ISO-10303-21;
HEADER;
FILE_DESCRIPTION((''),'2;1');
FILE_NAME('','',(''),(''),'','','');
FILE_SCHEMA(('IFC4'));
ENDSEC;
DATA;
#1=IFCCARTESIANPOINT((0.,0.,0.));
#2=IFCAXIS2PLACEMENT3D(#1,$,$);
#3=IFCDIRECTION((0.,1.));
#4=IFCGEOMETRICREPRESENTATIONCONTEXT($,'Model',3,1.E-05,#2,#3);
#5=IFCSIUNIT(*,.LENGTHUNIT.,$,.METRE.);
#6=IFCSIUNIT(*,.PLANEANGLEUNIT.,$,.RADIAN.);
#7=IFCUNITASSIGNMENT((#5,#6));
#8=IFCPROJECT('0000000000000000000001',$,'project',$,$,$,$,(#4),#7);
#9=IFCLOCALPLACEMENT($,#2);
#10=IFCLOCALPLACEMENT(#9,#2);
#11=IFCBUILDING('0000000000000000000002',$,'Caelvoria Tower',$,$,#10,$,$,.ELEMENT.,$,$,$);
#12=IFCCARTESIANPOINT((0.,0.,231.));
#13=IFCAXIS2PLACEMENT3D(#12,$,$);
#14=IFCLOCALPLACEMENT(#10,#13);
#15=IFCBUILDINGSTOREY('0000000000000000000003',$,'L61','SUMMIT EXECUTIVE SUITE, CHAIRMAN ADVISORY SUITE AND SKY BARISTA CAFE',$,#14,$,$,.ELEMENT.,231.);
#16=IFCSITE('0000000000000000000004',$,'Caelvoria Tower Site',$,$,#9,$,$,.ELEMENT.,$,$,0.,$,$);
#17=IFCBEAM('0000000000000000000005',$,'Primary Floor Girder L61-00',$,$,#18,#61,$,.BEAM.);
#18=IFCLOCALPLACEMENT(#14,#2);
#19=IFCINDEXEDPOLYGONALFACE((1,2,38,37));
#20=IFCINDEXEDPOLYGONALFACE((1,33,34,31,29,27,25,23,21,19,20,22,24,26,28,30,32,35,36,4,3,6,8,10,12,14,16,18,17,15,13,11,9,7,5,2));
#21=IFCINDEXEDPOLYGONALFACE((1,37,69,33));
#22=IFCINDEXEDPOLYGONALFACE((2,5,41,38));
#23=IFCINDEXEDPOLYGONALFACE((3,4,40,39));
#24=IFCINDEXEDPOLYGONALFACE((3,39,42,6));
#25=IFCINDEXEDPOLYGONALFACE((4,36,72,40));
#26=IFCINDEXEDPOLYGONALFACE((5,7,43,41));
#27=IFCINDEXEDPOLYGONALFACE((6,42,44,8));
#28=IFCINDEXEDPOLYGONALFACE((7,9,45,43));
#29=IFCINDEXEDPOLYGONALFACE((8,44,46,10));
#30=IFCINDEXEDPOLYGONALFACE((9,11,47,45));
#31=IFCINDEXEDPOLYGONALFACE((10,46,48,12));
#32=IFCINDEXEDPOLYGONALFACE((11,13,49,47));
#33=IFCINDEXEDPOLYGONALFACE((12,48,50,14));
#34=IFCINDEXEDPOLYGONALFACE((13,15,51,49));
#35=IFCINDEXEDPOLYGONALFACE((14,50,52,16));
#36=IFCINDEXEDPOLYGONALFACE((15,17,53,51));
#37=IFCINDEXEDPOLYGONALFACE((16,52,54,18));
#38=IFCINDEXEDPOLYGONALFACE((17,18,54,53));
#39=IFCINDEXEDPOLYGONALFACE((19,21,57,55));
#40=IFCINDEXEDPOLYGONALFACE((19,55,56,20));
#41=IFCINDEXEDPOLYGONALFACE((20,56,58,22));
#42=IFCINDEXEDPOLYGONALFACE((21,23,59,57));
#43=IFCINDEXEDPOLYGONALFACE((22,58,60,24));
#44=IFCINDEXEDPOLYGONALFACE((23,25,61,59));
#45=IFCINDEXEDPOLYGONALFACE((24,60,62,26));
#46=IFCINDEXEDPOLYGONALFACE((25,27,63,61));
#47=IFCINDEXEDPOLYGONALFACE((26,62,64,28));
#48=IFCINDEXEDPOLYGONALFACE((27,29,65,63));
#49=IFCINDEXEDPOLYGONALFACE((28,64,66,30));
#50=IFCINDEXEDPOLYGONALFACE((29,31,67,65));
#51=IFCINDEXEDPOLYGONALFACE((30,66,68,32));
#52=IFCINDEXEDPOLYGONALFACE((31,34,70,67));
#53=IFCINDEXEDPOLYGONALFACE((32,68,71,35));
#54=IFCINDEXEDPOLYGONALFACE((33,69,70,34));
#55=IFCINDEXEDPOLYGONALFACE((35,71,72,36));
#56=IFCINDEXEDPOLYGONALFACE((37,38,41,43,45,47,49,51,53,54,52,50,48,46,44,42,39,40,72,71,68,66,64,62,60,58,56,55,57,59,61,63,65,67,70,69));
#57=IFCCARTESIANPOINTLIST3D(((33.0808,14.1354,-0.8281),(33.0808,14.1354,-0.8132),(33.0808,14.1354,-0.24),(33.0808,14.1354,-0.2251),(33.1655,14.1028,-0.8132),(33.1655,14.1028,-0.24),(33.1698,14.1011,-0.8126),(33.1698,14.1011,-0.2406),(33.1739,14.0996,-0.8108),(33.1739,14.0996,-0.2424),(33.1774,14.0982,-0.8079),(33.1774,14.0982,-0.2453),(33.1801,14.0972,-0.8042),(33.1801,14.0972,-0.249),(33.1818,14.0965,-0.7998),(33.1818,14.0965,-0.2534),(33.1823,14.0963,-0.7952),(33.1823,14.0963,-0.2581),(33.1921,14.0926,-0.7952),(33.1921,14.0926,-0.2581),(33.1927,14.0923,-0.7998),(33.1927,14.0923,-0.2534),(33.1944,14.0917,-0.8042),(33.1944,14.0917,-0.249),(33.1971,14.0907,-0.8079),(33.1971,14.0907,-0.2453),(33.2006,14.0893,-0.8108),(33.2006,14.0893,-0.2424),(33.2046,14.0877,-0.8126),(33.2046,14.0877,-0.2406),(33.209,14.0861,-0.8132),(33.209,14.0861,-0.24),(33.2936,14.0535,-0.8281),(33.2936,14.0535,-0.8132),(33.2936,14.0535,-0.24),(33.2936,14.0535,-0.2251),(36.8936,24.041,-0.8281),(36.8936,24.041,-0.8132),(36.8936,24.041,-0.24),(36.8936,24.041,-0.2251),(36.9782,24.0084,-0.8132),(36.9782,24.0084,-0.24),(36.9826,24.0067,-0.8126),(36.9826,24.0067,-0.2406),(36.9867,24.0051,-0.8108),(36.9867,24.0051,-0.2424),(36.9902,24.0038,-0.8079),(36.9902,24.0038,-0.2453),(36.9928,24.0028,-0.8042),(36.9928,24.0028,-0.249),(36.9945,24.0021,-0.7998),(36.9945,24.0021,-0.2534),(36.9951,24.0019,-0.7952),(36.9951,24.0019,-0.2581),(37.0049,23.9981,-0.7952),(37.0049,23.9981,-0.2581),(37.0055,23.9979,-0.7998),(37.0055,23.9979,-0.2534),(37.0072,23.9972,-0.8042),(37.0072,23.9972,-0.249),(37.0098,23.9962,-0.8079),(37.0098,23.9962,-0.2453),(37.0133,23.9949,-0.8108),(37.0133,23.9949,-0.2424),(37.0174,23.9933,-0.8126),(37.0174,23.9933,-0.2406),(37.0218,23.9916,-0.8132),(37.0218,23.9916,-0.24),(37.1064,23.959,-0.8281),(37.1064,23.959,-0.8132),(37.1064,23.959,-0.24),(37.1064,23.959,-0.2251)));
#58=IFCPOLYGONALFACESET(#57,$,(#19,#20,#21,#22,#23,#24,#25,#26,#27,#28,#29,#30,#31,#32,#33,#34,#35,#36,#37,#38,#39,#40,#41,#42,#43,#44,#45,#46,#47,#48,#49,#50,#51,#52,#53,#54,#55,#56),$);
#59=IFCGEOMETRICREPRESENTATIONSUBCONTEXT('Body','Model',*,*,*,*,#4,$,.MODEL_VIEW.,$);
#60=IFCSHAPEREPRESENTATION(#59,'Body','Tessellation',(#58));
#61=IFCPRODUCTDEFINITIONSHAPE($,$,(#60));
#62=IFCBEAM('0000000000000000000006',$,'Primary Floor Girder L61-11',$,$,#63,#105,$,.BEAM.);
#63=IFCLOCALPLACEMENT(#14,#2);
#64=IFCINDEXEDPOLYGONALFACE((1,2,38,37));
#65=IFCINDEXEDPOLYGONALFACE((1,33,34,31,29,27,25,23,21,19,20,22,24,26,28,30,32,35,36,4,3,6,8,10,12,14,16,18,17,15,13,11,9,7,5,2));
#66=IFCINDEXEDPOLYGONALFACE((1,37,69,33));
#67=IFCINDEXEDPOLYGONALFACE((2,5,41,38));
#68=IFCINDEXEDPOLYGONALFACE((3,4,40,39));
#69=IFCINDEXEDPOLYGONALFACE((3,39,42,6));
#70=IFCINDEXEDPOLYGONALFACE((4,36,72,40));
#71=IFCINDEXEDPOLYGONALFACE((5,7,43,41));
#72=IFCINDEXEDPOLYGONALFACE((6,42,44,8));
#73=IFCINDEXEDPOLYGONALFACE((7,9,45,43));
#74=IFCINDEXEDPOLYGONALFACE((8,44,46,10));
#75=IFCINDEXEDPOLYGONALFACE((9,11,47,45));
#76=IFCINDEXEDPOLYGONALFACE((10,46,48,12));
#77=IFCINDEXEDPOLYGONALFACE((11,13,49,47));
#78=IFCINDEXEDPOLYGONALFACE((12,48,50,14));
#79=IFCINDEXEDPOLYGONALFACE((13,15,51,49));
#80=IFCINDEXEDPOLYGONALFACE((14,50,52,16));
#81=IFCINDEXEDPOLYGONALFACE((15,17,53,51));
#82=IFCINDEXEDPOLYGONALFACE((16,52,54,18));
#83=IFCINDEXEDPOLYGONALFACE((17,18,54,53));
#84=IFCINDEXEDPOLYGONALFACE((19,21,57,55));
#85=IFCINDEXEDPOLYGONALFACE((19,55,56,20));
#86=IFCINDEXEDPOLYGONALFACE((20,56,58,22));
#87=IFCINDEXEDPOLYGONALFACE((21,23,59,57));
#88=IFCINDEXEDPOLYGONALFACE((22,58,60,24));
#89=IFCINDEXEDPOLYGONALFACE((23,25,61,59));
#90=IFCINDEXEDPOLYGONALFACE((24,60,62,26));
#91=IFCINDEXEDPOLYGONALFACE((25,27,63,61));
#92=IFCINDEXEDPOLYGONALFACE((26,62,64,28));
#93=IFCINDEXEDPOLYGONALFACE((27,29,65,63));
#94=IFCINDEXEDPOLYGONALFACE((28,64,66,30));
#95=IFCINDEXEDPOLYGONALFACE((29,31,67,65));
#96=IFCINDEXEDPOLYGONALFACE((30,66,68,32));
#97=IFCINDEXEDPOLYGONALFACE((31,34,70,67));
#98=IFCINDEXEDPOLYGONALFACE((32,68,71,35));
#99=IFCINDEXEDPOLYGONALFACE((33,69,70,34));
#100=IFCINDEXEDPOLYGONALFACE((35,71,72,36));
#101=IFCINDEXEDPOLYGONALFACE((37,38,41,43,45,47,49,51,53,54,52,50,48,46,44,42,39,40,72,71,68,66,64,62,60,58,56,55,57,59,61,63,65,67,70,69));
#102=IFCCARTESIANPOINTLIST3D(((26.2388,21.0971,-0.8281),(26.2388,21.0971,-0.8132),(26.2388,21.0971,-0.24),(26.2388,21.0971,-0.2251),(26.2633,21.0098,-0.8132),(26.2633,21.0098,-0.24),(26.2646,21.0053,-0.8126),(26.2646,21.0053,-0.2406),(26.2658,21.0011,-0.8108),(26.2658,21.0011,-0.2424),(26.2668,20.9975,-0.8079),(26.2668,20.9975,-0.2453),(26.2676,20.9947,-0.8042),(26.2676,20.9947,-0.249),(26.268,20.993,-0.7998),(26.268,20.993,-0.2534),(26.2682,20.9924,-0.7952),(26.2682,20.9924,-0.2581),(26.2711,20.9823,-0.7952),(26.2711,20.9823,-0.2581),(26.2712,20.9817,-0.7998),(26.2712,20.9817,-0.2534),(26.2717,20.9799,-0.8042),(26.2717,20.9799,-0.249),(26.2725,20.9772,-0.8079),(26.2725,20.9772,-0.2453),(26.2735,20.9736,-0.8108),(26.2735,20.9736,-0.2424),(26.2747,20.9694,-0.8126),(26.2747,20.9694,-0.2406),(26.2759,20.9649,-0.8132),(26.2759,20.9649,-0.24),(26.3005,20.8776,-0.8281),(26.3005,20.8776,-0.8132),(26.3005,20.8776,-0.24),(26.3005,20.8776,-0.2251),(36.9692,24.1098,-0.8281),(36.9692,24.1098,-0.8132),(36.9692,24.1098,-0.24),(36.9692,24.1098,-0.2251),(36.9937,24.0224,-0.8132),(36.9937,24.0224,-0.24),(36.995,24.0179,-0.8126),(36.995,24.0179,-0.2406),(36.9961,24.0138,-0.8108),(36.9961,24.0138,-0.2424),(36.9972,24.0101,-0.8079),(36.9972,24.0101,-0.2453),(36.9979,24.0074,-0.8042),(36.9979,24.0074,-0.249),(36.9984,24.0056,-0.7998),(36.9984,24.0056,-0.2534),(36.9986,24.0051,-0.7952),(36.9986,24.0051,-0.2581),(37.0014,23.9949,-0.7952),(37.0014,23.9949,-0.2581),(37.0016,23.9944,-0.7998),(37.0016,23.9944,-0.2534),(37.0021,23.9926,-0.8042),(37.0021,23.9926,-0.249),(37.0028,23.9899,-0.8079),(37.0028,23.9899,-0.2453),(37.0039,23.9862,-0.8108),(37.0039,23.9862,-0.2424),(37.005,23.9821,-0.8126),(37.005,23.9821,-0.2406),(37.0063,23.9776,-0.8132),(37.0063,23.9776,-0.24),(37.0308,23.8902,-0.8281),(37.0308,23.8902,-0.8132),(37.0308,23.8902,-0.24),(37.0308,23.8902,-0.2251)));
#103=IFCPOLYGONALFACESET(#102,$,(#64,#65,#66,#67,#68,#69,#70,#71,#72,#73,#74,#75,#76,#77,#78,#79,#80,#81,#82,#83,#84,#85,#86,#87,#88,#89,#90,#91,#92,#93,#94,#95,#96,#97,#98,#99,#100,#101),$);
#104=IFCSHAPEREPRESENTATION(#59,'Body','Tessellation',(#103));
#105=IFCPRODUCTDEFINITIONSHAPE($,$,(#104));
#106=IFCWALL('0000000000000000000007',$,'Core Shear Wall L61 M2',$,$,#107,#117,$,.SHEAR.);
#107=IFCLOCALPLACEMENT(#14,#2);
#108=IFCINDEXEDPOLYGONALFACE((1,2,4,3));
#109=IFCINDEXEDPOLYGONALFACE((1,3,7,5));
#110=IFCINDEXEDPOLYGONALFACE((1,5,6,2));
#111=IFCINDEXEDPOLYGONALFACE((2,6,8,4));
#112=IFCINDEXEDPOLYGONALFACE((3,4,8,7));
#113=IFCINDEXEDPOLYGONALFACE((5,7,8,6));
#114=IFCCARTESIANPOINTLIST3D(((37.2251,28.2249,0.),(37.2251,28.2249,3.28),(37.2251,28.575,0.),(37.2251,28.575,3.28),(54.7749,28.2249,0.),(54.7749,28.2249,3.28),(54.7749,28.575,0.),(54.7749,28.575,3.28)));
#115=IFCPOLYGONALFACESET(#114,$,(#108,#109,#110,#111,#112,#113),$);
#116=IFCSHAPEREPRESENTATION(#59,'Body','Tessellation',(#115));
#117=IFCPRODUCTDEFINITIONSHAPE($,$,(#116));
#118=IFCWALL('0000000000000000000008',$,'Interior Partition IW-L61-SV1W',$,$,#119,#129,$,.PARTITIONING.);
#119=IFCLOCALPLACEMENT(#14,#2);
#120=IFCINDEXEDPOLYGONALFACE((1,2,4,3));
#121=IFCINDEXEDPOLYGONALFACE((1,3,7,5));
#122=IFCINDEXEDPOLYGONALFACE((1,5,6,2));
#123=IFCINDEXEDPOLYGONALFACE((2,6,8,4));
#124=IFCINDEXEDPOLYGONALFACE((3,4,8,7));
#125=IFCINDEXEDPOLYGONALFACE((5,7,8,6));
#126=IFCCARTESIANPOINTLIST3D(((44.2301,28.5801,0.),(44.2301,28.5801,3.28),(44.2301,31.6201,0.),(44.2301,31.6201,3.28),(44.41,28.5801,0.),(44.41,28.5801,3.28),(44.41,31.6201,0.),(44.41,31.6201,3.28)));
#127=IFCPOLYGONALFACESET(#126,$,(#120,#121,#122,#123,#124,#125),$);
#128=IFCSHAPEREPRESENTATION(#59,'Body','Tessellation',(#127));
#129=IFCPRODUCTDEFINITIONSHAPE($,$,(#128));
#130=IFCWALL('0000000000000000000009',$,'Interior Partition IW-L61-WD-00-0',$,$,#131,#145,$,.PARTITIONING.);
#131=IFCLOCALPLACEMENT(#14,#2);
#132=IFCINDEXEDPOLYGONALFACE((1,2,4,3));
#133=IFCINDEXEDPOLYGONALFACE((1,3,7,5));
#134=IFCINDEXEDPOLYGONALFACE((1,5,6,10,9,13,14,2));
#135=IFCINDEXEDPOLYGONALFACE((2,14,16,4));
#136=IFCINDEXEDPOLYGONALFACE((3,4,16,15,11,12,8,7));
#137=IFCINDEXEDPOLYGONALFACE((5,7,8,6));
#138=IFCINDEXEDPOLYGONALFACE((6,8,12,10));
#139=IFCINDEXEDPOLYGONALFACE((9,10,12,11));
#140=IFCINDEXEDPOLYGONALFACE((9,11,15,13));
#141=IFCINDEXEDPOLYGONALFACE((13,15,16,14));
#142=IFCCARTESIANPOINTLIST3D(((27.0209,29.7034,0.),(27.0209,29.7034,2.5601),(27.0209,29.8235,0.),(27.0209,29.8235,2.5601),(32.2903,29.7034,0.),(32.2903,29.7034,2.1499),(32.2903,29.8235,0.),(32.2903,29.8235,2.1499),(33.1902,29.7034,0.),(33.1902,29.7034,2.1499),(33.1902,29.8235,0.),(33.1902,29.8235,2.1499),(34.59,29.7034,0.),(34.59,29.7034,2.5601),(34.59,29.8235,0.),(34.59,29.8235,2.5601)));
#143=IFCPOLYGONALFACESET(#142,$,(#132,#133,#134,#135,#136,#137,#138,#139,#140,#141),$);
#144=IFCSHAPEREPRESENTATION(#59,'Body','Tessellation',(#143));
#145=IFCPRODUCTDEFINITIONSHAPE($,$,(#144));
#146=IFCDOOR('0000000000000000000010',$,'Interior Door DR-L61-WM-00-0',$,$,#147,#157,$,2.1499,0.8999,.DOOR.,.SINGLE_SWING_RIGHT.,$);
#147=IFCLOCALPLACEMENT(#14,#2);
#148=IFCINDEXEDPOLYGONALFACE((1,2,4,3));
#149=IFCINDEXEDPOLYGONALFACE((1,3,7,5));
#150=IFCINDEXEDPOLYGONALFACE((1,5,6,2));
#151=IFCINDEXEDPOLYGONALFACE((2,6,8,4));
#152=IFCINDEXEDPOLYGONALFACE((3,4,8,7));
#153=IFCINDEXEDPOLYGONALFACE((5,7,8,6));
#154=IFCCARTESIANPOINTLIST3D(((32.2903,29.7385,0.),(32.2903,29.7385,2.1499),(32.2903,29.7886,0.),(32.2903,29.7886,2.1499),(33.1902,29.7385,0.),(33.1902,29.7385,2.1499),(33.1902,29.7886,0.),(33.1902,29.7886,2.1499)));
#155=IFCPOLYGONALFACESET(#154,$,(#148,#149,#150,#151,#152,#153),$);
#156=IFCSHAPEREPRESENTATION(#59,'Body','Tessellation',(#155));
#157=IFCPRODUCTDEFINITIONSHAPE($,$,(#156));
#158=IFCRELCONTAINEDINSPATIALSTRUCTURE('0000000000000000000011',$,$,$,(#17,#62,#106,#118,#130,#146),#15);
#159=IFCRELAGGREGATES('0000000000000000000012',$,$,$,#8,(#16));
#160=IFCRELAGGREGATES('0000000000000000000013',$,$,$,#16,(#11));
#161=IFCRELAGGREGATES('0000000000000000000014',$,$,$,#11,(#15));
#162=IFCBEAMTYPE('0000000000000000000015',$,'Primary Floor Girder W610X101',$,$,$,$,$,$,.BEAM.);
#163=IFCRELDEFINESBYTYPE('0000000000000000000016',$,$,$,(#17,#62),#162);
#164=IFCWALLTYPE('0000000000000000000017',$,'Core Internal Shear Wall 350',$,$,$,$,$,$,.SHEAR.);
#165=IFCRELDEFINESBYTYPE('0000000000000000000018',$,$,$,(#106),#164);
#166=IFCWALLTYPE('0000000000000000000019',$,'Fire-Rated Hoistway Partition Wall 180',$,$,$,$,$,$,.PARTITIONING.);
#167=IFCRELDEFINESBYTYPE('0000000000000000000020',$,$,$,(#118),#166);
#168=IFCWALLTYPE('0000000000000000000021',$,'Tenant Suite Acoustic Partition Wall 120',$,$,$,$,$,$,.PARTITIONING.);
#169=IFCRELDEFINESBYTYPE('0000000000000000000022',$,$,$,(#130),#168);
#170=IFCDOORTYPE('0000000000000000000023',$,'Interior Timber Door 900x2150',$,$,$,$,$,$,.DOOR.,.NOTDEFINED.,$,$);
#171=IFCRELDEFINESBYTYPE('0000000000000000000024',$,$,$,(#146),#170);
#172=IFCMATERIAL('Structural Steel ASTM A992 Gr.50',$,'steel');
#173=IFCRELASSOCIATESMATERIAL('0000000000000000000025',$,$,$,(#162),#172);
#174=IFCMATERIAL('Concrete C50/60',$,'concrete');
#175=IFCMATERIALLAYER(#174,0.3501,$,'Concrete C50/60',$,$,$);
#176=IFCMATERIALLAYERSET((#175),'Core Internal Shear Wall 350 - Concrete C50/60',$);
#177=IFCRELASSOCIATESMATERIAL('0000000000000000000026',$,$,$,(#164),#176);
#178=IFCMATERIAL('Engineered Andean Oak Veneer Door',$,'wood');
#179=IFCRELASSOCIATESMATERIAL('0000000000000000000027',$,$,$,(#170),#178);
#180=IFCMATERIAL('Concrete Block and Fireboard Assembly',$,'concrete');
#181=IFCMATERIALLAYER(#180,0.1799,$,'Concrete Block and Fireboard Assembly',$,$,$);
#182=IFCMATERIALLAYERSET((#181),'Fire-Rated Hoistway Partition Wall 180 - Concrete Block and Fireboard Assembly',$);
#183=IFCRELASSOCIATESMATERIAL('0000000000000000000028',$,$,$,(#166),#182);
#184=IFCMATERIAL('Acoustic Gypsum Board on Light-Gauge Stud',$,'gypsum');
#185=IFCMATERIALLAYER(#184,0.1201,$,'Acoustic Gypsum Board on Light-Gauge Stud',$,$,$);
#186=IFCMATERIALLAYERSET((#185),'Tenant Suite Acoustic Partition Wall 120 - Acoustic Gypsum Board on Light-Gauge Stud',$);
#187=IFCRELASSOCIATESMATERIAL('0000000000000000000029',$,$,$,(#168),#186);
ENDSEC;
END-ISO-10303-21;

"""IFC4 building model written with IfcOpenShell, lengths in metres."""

from ifc_helpers import new_model, si_unit, direction, frame, frame_2d, origin, origin_2d, place, context, subcontext, project, spatial, rectangle, i_section, extrude, material, layer, layer_set, material_profile, profile_set, type_object, element, fill, save


model = new_model("IFC4")

# Units and contexts
model_context = context("Model", 3, precision=1e-05, world=origin(), true_north=direction((0.0, 1.0)))
body_context = subcontext(model_context, "Body", "Model", "MODEL_VIEW")
ifc_project = project(units=[si_unit("LENGTHUNIT", "METRE"), si_unit("PLANEANGLEUNIT", "RADIAN")], contexts=[model_context])

# Site, building, storey
site_placement = place(None, origin())
site = spatial("IfcSite", under=ifc_project, at=site_placement, Name="Caelvoria Tower Site", CompositionType="ELEMENT", RefElevation=0.0)
building_placement = place(site_placement, origin())
building = spatial("IfcBuilding", under=site, at=building_placement, Name="Caelvoria Tower", CompositionType="ELEMENT")
storey_placement = place(building_placement, frame((0.0, 0.0, 231.0)))
storey = spatial("IfcBuildingStorey", under=building, at=storey_placement, Name="L61", Description="SUMMIT EXECUTIVE SUITE, CHAIRMAN ADVISORY SUITE AND SKY BARISTA CAFE", CompositionType="ELEMENT", Elevation=231.0)

# Beams
ifc_material_1 = material(Name="Structural Steel ASTM A992 Gr.50", Category="steel")
ifc_material_profile = material_profile(ifc_material_1, i_section(OverallWidth=0.228, OverallDepth=0.603, WebThickness=0.0105, FlangeThickness=0.0149, FilletRadius=0.0181, at=origin_2d()), Name="Structural Steel ASTM A992 Gr.50")
ifc_profile_set = profile_set([ifc_material_profile], Name="W610X101 - Structural Steel ASTM A992 Gr.50")
beam_type = type_object("IfcBeamType", Name="Primary Floor Girder W610X101", PredefinedType="BEAM", material=ifc_profile_set)
beam_1_placement = place(storey_placement, frame((37.0, 24.0, -0.5266), z_axis=(-0.35922, -0.933253, 0.0), x_axis=(0.933253, -0.35922, 0.0)))
element("IfcBeam", 1, at=beam_1_placement, inside=storey, type_object=beam_type, Name="Primary Floor Girder L61-00", PredefinedType="BEAM", context=body_context, shape_type="SweptSolid", body=[
    extrude(i_section(OverallWidth=0.228, OverallDepth=0.603, WebThickness=0.0105, FlangeThickness=0.0149, FilletRadius=0.0181, at=origin_2d()), origin(), (0.0, 0.0, 1.0), 10.614),
])
beam_2_placement = place(storey_placement, frame((37.0, 24.0, -0.5266), z_axis=(-0.962774, -0.270309, 0.0), x_axis=(0.270309, -0.962774, 0.0)))
element("IfcBeam", 2, at=beam_2_placement, inside=storey, type_object=beam_type, Name="Primary Floor Girder L61-11", PredefinedType="BEAM", context=body_context, shape_type="SweptSolid", body=[
    extrude(i_section(OverallWidth=0.228, OverallDepth=0.603, WebThickness=0.0105, FlangeThickness=0.0149, FilletRadius=0.0181, at=origin_2d()), origin(), (0.0, 0.0, 1.0), 11.1453),
])

# Shared definitions
ifc_material_2 = material(Name="Concrete C50/60", Category="concrete")
ifc_layer_1 = layer(ifc_material_2, 0.3501, Name="Concrete C50/60")
ifc_layer_set_1 = layer_set([ifc_layer_1], Name="Core Internal Shear Wall 350 - Concrete C50/60")
wall_type_1 = type_object("IfcWallType", Name="Core Internal Shear Wall 350", PredefinedType="SHEAR", material=ifc_layer_set_1)

# Wall
wall_1_placement = place(storey_placement, frame((37.2251, 28.3999, 0.0), z_axis=(0.0, 0.0, 1.0), x_axis=(1.0, 0.0, 0.0)))
element("IfcWall", 3, at=wall_1_placement, inside=storey, type_object=wall_type_1, Name="Core Shear Wall L61 M2", PredefinedType="SHEAR", context=body_context, shape_type="SweptSolid", body=[
    extrude(rectangle(XDim=17.5498, YDim=0.3501, at=frame_2d((8.7749, 0.0))), origin(), (0.0, 0.0, 1.0), 3.28),
])

# Shared definitions
ifc_material_3 = material(Name="Engineered Andean Oak Veneer Door", Category="wood")
door_type_1 = type_object("IfcDoorType", Name="Interior Timber Door 900x2150", OperationType="NOTDEFINED", PredefinedType="DOOR", material=ifc_material_3)

# Wall
ifc_material_4 = material(Name="Concrete Block and Fireboard Assembly", Category="concrete")
ifc_layer_2 = layer(ifc_material_4, 0.1799, Name="Concrete Block and Fireboard Assembly")
ifc_layer_set_2 = layer_set([ifc_layer_2], Name="Fire-Rated Hoistway Partition Wall 180 - Concrete Block and Fireboard Assembly")
wall_type_2 = type_object("IfcWallType", Name="Fire-Rated Hoistway Partition Wall 180", PredefinedType="PARTITIONING", material=ifc_layer_set_2)
wall_2_placement = place(storey_placement, frame((44.3201, 28.5801, 0.0), z_axis=(0.0, 0.0, 1.0), x_axis=(0.0, 1.0, 0.0)))
element("IfcWall", 4, at=wall_2_placement, inside=storey, type_object=wall_type_2, Name="Interior Partition IW-L61-SV1W", PredefinedType="PARTITIONING", context=body_context, shape_type="SweptSolid", body=[
    extrude(rectangle(XDim=3.04, YDim=0.1799, at=frame_2d((1.52, 0.0))), origin(), (0.0, 0.0, 1.0), 3.28),
])

# Wall, opening, door
ifc_material_5 = material(Name="Acoustic Gypsum Board on Light-Gauge Stud", Category="gypsum")
ifc_layer_3 = layer(ifc_material_5, 0.1201, Name="Acoustic Gypsum Board on Light-Gauge Stud")
ifc_layer_set_3 = layer_set([ifc_layer_3], Name="Tenant Suite Acoustic Partition Wall 120 - Acoustic Gypsum Board on Light-Gauge Stud")
wall_type_3 = type_object("IfcWallType", Name="Tenant Suite Acoustic Partition Wall 120", PredefinedType="PARTITIONING", material=ifc_layer_set_3)
wall_3_placement = place(storey_placement, frame((34.5901, 29.7634, 0.0), z_axis=(0.0, 0.0, 1.0), x_axis=(-1.0, 0.0, 0.0)))
wall_3 = element("IfcWall", 5, at=wall_3_placement, inside=storey, type_object=wall_type_3, Name="Interior Partition IW-L61-WD-00-0", PredefinedType="PARTITIONING", context=body_context, shape_type="SweptSolid", body=[
    extrude(rectangle(XDim=7.5691, YDim=0.1201, at=frame_2d((3.7847, 0.0))), origin(), (0.0, 0.0, 1.0), 2.5601),
])
opening_1_placement = place(wall_3_placement, frame((1.3999, 0.0, 0.0)))
opening_1 = element("IfcOpeningElement", 6, at=opening_1_placement, cuts=wall_3, PredefinedType="OPENING", context=body_context, shape_type="SweptSolid", body=[
    extrude(rectangle(XDim=0.8999, YDim=2.1499, at=frame_2d((0.45, 1.075))), frame((0.0, 0.0701, 0.0), z_axis=(0.0, -1.0, 0.0), x_axis=(1.0, 0.0, 0.0)), (0.0, 0.0, 1.0), 0.1401),
])
door_1_placement = place(opening_1_placement, origin())
door_1 = element("IfcDoor", 7, at=door_1_placement, inside=storey, type_object=door_type_1, Name="Interior Door DR-L61-WM-00-0", OperationType="SINGLE_SWING_RIGHT", OverallHeight=2.1499, OverallWidth=0.8999, PredefinedType="DOOR", context=body_context, shape_type="SweptSolid", body=[
    extrude(rectangle(XDim=0.8999, YDim=2.1499, at=frame_2d((0.45, 1.075))), frame((0.0, 0.0249, 0.0), z_axis=(0.0, -1.0, 0.0), x_axis=(1.0, 0.0, 0.0)), (0.0, 0.0, 1.0), 0.05),
])
fill(opening_1, door_1)

save(model, "model.ifc")
